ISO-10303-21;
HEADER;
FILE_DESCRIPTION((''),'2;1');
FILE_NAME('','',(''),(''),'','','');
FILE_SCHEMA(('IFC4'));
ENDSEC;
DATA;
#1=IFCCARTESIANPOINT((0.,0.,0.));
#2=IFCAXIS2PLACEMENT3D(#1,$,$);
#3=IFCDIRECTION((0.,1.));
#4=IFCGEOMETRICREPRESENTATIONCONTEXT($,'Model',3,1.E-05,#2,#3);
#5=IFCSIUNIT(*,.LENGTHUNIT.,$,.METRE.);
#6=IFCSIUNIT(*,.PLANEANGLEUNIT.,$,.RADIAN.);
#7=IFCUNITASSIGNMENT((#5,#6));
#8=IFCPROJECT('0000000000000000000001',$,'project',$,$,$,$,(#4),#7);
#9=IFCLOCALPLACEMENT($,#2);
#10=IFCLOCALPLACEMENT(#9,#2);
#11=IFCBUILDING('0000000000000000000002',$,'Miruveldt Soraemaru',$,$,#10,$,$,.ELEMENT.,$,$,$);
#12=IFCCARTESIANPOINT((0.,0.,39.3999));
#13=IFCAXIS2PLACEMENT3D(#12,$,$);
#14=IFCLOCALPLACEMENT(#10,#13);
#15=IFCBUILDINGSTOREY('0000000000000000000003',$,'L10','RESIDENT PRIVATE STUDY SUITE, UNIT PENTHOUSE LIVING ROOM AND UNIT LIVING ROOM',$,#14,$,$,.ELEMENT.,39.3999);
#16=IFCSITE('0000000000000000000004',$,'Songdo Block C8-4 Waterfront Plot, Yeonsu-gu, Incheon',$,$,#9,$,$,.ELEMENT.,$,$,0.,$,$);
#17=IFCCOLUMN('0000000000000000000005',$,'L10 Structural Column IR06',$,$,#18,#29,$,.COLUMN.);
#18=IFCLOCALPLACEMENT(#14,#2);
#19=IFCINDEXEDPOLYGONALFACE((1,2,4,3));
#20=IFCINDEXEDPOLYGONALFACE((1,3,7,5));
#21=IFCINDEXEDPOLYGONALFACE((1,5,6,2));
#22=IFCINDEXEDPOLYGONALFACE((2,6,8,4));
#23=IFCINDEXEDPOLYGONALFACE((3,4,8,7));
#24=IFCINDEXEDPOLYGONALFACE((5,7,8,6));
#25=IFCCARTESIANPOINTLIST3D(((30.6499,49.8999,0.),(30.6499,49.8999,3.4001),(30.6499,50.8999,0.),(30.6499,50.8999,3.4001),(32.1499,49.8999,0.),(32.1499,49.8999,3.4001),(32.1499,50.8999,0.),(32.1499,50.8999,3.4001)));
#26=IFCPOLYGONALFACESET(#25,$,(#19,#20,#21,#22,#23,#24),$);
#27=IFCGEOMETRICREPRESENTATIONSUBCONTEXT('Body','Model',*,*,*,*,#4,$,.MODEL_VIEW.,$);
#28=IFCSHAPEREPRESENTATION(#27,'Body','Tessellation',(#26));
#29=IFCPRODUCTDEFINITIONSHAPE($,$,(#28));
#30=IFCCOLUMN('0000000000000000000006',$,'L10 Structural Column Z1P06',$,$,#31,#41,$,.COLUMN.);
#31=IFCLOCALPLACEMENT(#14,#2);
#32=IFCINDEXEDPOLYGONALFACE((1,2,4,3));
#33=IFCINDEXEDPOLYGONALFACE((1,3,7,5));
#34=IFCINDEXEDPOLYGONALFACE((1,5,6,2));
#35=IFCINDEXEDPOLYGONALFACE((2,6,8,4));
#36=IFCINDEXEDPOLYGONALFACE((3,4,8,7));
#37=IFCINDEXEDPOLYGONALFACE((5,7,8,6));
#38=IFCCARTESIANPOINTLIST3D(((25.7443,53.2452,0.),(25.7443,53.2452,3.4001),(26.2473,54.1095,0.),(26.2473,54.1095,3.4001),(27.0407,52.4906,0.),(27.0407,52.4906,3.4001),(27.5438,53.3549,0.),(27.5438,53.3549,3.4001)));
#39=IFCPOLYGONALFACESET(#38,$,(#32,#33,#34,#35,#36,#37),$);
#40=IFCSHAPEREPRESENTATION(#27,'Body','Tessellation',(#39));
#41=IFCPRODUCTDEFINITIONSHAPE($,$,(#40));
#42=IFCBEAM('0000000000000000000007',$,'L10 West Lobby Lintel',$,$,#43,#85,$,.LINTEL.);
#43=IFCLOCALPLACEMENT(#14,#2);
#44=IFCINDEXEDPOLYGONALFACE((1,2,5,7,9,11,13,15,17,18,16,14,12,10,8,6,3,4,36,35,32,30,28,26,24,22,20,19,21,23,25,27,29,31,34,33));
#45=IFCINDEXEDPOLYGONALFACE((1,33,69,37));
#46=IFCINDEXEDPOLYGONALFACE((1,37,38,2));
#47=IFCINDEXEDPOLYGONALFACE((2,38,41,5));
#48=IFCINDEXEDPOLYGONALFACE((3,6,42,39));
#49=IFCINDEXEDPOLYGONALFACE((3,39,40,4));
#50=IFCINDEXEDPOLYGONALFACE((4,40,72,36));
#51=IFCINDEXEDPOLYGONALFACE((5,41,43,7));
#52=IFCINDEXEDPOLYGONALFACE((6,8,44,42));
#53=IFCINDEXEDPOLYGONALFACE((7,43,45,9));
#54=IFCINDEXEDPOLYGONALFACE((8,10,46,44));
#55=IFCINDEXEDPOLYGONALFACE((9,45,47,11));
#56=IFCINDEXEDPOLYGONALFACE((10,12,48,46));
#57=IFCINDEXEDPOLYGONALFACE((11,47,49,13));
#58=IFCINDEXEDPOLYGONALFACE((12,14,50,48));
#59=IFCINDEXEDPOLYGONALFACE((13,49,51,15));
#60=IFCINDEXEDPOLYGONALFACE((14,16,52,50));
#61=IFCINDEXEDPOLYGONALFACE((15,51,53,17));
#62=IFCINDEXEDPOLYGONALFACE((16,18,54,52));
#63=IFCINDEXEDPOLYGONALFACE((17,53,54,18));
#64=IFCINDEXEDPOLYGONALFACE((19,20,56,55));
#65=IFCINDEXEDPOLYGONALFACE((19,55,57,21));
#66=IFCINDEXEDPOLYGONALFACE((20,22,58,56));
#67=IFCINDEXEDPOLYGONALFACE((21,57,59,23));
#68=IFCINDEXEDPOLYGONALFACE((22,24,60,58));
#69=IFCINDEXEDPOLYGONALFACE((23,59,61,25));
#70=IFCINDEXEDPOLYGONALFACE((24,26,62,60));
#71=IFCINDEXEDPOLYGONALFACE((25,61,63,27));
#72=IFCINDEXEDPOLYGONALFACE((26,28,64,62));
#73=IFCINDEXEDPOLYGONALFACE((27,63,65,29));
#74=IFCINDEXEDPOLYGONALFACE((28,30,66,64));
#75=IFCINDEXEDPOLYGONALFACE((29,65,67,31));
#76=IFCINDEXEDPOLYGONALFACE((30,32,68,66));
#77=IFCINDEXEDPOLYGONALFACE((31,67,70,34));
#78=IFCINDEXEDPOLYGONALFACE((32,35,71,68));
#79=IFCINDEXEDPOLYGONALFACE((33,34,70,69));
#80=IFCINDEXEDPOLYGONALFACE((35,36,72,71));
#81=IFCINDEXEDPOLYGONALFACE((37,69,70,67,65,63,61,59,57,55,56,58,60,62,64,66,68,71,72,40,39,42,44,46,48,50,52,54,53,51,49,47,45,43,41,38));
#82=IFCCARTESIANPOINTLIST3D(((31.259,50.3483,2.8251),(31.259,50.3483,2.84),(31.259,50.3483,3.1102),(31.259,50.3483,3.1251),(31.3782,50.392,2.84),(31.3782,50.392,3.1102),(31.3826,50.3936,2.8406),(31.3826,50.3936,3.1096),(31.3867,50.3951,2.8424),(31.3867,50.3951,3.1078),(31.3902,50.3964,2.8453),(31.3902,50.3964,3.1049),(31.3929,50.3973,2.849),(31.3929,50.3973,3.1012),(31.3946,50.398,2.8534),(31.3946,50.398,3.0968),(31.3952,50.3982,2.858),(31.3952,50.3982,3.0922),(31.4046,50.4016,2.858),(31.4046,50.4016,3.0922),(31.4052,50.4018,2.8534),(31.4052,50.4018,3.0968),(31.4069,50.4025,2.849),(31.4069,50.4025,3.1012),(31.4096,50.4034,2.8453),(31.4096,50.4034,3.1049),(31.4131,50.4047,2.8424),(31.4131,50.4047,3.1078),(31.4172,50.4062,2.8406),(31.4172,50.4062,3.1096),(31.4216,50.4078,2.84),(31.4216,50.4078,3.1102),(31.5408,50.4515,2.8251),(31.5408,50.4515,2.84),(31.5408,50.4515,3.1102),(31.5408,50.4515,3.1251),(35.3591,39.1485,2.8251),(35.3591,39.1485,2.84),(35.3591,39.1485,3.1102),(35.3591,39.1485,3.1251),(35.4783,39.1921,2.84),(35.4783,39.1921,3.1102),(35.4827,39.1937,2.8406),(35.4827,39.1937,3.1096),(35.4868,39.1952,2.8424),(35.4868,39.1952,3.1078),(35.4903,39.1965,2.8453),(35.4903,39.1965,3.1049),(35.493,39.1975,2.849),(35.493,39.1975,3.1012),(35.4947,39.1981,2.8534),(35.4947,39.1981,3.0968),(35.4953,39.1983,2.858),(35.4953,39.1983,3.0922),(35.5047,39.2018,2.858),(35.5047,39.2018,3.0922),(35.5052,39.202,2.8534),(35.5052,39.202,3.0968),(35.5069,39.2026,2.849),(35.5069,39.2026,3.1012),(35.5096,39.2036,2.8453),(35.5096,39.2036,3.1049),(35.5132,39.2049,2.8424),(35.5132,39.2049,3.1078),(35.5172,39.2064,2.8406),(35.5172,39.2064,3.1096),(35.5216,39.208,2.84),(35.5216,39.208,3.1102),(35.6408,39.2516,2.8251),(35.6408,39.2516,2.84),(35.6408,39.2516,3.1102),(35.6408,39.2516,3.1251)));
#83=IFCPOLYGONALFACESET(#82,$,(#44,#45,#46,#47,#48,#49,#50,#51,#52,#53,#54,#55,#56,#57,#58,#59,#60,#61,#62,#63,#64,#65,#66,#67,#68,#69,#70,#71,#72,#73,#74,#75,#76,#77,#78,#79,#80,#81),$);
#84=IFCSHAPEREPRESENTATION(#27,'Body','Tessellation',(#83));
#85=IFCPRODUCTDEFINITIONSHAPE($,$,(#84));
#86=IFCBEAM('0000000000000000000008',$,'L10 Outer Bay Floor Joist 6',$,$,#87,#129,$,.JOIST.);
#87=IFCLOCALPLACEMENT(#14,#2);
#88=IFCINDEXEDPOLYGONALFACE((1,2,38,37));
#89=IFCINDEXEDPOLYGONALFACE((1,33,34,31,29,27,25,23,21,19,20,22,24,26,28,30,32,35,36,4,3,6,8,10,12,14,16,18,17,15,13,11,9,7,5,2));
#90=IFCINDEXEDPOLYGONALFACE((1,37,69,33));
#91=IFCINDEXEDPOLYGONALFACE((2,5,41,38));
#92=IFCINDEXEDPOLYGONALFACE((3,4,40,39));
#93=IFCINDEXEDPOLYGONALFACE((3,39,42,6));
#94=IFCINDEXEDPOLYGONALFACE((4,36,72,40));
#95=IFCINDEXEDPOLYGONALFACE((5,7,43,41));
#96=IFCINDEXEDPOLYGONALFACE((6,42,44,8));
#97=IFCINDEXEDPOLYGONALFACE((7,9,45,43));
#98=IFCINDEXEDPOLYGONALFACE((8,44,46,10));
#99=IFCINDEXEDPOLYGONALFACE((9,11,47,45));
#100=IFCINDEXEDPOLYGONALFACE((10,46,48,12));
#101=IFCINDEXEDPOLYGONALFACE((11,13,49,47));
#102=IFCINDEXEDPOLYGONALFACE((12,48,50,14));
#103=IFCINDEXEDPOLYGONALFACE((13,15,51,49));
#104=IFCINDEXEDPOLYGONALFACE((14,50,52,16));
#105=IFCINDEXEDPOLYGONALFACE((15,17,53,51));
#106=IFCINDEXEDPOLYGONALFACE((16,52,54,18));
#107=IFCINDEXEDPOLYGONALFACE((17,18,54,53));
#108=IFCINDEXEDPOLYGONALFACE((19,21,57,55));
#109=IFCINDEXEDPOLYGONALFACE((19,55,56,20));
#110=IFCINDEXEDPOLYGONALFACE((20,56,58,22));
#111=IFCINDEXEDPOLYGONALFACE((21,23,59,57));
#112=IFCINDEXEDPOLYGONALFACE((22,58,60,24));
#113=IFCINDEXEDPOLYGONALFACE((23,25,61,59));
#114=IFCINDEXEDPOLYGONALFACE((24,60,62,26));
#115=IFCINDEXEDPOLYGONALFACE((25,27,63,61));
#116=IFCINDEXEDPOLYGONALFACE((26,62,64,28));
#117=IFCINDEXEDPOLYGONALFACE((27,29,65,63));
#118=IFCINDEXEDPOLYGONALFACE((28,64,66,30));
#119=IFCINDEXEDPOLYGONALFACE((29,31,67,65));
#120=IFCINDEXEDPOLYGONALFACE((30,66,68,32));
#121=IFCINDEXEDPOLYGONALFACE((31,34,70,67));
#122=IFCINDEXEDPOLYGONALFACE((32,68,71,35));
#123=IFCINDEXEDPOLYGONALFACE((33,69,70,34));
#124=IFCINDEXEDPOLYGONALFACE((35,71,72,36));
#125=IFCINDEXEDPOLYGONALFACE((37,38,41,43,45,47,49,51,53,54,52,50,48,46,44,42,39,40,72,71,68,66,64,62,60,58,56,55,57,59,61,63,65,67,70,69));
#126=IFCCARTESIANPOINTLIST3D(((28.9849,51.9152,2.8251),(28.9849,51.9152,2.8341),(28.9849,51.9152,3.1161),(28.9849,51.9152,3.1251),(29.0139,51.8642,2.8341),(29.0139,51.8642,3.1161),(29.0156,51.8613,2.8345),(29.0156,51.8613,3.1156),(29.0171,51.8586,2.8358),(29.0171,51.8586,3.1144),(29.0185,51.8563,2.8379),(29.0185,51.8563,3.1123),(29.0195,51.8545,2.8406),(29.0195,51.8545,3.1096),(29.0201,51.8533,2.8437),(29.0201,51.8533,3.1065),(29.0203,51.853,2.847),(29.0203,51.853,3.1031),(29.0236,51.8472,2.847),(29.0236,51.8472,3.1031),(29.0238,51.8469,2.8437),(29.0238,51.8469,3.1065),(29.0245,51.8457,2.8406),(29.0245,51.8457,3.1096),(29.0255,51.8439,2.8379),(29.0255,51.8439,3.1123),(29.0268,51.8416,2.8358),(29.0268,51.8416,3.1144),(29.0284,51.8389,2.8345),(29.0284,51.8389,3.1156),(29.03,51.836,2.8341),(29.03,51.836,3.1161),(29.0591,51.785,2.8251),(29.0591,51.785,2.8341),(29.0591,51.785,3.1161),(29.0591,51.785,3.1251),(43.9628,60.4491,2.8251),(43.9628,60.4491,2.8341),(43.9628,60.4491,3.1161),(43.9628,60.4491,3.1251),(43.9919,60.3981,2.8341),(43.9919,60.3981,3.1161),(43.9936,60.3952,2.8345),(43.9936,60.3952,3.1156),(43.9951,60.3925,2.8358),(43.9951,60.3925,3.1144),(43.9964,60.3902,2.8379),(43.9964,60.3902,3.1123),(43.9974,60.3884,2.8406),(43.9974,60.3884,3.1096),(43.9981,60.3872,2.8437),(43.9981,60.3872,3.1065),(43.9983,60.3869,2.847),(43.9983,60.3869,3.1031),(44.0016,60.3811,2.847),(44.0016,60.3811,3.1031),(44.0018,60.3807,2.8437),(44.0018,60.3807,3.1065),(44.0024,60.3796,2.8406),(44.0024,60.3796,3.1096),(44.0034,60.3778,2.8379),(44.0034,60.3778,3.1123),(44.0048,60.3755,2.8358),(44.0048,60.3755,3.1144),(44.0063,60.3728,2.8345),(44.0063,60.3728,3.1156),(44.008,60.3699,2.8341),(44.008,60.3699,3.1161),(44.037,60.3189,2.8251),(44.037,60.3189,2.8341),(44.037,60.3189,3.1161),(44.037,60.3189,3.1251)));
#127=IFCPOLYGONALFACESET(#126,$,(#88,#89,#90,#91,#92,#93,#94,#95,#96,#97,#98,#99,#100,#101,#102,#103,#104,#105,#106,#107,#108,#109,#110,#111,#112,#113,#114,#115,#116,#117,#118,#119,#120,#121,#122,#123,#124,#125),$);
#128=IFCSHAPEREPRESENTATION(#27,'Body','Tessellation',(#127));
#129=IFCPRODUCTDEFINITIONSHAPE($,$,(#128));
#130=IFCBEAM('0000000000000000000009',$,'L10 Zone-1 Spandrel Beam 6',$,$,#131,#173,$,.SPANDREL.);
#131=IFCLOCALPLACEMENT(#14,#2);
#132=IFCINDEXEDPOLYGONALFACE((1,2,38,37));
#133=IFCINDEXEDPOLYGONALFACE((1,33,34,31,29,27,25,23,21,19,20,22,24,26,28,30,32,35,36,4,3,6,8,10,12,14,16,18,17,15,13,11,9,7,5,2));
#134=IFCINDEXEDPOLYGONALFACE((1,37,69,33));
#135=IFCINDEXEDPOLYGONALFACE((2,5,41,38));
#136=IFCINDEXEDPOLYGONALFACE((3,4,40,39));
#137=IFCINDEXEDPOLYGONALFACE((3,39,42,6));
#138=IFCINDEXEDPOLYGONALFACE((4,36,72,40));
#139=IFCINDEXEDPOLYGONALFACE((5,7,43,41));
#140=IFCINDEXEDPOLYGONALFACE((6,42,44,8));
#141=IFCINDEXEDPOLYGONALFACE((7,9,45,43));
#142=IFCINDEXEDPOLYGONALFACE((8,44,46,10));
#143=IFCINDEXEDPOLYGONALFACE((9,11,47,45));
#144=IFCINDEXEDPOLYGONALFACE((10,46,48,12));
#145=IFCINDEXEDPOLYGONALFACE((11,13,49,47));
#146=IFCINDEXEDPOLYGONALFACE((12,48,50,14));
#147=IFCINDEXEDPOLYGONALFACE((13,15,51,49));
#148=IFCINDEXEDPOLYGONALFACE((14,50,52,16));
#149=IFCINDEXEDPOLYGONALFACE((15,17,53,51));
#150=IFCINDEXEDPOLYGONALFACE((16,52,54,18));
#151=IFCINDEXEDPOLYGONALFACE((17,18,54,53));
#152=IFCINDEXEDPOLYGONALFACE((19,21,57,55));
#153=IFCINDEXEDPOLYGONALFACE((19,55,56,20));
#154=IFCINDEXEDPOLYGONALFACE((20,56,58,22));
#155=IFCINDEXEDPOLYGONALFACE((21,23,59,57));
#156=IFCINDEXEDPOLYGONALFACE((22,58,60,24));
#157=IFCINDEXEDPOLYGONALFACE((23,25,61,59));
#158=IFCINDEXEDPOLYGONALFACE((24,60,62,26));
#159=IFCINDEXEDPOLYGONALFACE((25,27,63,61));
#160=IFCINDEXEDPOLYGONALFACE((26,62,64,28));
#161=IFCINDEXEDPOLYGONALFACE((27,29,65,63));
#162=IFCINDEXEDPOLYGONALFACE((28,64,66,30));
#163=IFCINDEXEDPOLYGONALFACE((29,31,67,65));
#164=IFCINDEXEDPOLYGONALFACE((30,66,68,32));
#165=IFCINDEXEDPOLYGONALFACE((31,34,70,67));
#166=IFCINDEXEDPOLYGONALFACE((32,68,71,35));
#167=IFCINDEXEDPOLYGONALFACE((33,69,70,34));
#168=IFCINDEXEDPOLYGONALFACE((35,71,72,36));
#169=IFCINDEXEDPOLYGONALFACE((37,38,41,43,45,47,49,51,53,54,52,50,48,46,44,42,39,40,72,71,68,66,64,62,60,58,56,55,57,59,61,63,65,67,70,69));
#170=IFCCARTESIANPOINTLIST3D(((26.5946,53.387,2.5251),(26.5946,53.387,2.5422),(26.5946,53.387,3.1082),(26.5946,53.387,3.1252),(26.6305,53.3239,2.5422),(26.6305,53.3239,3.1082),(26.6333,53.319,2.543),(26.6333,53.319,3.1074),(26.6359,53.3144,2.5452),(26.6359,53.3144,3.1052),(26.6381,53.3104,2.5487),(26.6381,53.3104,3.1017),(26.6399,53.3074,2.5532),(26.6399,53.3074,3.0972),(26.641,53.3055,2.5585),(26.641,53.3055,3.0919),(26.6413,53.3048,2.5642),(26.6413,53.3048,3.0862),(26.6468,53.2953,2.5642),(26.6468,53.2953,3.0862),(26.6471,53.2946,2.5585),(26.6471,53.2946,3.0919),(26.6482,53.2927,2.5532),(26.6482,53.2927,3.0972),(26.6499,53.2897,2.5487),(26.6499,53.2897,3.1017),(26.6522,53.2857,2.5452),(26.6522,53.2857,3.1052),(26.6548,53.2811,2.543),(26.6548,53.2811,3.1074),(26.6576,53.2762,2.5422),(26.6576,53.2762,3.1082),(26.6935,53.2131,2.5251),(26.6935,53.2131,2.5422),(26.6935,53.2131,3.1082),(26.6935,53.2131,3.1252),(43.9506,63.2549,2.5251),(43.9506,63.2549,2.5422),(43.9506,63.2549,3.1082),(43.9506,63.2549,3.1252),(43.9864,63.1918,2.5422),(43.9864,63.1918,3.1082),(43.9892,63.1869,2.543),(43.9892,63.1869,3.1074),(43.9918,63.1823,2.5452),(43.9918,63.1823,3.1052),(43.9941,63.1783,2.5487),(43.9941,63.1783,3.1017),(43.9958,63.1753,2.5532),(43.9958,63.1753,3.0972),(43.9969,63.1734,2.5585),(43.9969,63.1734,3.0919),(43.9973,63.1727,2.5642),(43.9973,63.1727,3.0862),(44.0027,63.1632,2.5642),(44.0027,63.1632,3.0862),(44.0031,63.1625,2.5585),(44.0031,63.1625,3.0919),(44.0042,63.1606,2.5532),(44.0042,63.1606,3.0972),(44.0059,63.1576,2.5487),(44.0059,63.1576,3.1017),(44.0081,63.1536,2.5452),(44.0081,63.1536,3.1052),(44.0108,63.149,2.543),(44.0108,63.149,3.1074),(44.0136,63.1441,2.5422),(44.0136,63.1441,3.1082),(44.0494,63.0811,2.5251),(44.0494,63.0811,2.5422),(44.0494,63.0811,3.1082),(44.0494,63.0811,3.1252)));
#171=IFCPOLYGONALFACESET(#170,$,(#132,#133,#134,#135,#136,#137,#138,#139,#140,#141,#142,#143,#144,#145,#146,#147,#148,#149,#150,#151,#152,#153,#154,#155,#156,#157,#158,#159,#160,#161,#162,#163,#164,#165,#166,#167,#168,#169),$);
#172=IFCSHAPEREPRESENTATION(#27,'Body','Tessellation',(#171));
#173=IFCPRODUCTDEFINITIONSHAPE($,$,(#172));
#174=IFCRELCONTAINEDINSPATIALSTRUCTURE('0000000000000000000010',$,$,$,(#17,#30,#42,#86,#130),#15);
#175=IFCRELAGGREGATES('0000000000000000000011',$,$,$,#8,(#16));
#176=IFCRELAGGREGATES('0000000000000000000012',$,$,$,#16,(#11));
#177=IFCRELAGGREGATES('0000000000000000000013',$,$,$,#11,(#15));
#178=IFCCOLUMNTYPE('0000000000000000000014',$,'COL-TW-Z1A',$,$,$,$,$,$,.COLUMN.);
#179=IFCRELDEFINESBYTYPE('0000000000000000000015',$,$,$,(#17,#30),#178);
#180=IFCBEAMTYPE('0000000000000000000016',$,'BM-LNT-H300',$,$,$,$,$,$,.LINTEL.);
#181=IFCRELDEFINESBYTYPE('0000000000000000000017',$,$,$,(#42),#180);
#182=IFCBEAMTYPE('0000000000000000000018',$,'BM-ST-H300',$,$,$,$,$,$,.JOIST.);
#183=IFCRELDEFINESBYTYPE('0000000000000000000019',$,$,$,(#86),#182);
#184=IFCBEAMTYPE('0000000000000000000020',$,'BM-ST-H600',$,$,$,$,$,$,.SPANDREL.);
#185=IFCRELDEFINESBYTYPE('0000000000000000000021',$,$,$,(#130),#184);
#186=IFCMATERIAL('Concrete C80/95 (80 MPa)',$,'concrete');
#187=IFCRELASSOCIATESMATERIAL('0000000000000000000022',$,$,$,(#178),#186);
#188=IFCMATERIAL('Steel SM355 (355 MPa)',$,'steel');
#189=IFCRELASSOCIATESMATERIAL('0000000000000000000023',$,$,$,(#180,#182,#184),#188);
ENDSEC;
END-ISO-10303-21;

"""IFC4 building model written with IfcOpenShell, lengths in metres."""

from ifc_helpers import new_model, si_unit, direction, frame, origin, origin_2d, place, context, subcontext, project, spatial, rectangle, i_section, extrude, material, material_profile, profile_set, type_object, element, save


model = new_model("IFC4")

# Units and contexts
model_context = context("Model", 3, precision=1e-05, world=origin(), true_north=direction((0.0, 1.0)))
body_context = subcontext(model_context, "Body", "Model", "MODEL_VIEW")
ifc_project = project(units=[si_unit("LENGTHUNIT", "METRE"), si_unit("PLANEANGLEUNIT", "RADIAN")], contexts=[model_context])

# Site, building, storey
site_placement = place(None, origin())
site = spatial("IfcSite", under=ifc_project, at=site_placement, Name="Songdo Block C8-4 Waterfront Plot, Yeonsu-gu, Incheon", CompositionType="ELEMENT", RefElevation=0.0)
building_placement = place(site_placement, origin())
building = spatial("IfcBuilding", under=site, at=building_placement, Name="Miruveldt Soraemaru", CompositionType="ELEMENT")
storey_placement = place(building_placement, frame((0.0, 0.0, 39.3999)))
storey = spatial("IfcBuildingStorey", under=building, at=storey_placement, Name="L10", Description="RESIDENT PRIVATE STUDY SUITE, UNIT PENTHOUSE LIVING ROOM AND UNIT LIVING ROOM", CompositionType="ELEMENT", Elevation=39.3999)

# Columns
ifc_material_1 = material(Name="Concrete C80/95 (80 MPa)", Category="concrete")
ifc_material_profile_1 = material_profile(ifc_material_1, rectangle(XDim=1.5, YDim=1.0, at=origin_2d()), Name="Concrete C80/95 (80 MPa)", Category="concrete")
ifc_profile_set_1 = profile_set([ifc_material_profile_1], Name="Concrete C80/95 (80 MPa)")
column_type = type_object("IfcColumnType", Name="COL-TW-Z1A", PredefinedType="COLUMN", material=ifc_profile_set_1)
for number, where, z_axis, x_axis, name in (
    (1, (31.3999, 50.3999, 0.0), (0.0, 0.0, 1.0), (1.0, 0.0, 0.0), "L10 Structural Column IR06"),
    (2, (26.644, 53.3, 0.0), (0.0, 0.0, 1.0), (-0.864275, 0.50302, 0.0), "L10 Structural Column Z1P06"),
):
    element("IfcColumn", number, at=place(storey_placement, frame(where, z_axis=z_axis, x_axis=x_axis)), inside=storey, type_object=column_type, Name=name, PredefinedType="COLUMN", context=body_context, shape_type="SweptSolid", body=[
        extrude(rectangle(XDim=1.5, YDim=1.0, at=origin_2d()), origin(), (0.0, 0.0, 1.0), 3.4001),
    ])

# Beams
ifc_material_2 = material(Name="Steel SM355 (355 MPa)", Category="steel")
ifc_material_profile_2 = material_profile(ifc_material_2, i_section(OverallWidth=0.3, OverallDepth=0.3, WebThickness=0.01, FlangeThickness=0.0149, FilletRadius=0.0181, at=origin_2d()), Name="Steel SM355 (355 MPa)", Category="steel")
ifc_profile_set_2 = profile_set([ifc_material_profile_2], Name="Steel SM355 (355 MPa)")
beam_type_1 = type_object("IfcBeamType", Name="BM-LNT-H300", PredefinedType="LINTEL", material=ifc_profile_set_2)
beam_1_placement = place(storey_placement, frame((31.3999, 50.3999, 2.9751), z_axis=(0.34377, -0.939054, 0.0), x_axis=(0.939054, 0.34377, 0.0)))
element("IfcBeam", 3, at=beam_1_placement, inside=storey, type_object=beam_type_1, Name="L10 West Lobby Lintel", PredefinedType="LINTEL", context=body_context, shape_type="SweptSolid", body=[
    extrude(i_section(OverallWidth=0.3, OverallDepth=0.3, WebThickness=0.01, FlangeThickness=0.0149, FilletRadius=0.0181, at=origin_2d()), origin(), (0.0, 0.0, 1.0), 11.9268),
])
ifc_material_profile_3 = material_profile(ifc_material_2, i_section(OverallWidth=0.1499, OverallDepth=0.3, WebThickness=0.0066, FlangeThickness=0.009, FilletRadius=0.0129, at=origin_2d()), Name="Steel SM355 (355 MPa)", Category="steel")
ifc_profile_set_3 = profile_set([ifc_material_profile_3], Name="Steel SM355 (355 MPa)")
beam_type_2 = type_object("IfcBeamType", Name="BM-ST-H300", PredefinedType="JOIST", material=ifc_profile_set_3)
beam_2_placement = place(storey_placement, frame((29.022, 51.8501, 2.9751), z_axis=(0.868866, 0.495048, 0.0), x_axis=(-0.495048, 0.868866, 0.0)))
element("IfcBeam", 4, at=beam_2_placement, inside=storey, type_object=beam_type_2, Name="L10 Outer Bay Floor Joist 6", PredefinedType="JOIST", context=body_context, shape_type="SweptSolid", body=[
    extrude(i_section(OverallWidth=0.1499, OverallDepth=0.3, WebThickness=0.0066, FlangeThickness=0.009, FilletRadius=0.0129, at=origin_2d()), origin(), (0.0, 0.0, 1.0), 17.2385),
])
ifc_material_profile_4 = material_profile(ifc_material_2, i_section(OverallWidth=0.2, OverallDepth=0.6001, WebThickness=0.011, FlangeThickness=0.0171, FilletRadius=0.022, at=origin_2d()), Name="Steel SM355 (355 MPa)", Category="steel")
ifc_profile_set_4 = profile_set([ifc_material_profile_4], Name="Steel SM355 (355 MPa)")
beam_type_3 = type_object("IfcBeamType", Name="BM-ST-H600", PredefinedType="SPANDREL", material=ifc_profile_set_4)
beam_3_placement = place(storey_placement, frame((26.644, 53.3, 2.8252), z_axis=(0.869315, 0.494259, 0.0), x_axis=(-0.494259, 0.869315, 0.0)))
element("IfcBeam", 5, at=beam_3_placement, inside=storey, type_object=beam_type_3, Name="L10 Zone-1 Spandrel Beam 6", PredefinedType="SPANDREL", context=body_context, shape_type="SweptSolid", body=[
    extrude(i_section(OverallWidth=0.2, OverallDepth=0.6001, WebThickness=0.011, FlangeThickness=0.0171, FilletRadius=0.022, at=origin_2d()), origin(), (0.0, 0.0, 1.0), 19.9651),
])

save(model, "model.ifc")
